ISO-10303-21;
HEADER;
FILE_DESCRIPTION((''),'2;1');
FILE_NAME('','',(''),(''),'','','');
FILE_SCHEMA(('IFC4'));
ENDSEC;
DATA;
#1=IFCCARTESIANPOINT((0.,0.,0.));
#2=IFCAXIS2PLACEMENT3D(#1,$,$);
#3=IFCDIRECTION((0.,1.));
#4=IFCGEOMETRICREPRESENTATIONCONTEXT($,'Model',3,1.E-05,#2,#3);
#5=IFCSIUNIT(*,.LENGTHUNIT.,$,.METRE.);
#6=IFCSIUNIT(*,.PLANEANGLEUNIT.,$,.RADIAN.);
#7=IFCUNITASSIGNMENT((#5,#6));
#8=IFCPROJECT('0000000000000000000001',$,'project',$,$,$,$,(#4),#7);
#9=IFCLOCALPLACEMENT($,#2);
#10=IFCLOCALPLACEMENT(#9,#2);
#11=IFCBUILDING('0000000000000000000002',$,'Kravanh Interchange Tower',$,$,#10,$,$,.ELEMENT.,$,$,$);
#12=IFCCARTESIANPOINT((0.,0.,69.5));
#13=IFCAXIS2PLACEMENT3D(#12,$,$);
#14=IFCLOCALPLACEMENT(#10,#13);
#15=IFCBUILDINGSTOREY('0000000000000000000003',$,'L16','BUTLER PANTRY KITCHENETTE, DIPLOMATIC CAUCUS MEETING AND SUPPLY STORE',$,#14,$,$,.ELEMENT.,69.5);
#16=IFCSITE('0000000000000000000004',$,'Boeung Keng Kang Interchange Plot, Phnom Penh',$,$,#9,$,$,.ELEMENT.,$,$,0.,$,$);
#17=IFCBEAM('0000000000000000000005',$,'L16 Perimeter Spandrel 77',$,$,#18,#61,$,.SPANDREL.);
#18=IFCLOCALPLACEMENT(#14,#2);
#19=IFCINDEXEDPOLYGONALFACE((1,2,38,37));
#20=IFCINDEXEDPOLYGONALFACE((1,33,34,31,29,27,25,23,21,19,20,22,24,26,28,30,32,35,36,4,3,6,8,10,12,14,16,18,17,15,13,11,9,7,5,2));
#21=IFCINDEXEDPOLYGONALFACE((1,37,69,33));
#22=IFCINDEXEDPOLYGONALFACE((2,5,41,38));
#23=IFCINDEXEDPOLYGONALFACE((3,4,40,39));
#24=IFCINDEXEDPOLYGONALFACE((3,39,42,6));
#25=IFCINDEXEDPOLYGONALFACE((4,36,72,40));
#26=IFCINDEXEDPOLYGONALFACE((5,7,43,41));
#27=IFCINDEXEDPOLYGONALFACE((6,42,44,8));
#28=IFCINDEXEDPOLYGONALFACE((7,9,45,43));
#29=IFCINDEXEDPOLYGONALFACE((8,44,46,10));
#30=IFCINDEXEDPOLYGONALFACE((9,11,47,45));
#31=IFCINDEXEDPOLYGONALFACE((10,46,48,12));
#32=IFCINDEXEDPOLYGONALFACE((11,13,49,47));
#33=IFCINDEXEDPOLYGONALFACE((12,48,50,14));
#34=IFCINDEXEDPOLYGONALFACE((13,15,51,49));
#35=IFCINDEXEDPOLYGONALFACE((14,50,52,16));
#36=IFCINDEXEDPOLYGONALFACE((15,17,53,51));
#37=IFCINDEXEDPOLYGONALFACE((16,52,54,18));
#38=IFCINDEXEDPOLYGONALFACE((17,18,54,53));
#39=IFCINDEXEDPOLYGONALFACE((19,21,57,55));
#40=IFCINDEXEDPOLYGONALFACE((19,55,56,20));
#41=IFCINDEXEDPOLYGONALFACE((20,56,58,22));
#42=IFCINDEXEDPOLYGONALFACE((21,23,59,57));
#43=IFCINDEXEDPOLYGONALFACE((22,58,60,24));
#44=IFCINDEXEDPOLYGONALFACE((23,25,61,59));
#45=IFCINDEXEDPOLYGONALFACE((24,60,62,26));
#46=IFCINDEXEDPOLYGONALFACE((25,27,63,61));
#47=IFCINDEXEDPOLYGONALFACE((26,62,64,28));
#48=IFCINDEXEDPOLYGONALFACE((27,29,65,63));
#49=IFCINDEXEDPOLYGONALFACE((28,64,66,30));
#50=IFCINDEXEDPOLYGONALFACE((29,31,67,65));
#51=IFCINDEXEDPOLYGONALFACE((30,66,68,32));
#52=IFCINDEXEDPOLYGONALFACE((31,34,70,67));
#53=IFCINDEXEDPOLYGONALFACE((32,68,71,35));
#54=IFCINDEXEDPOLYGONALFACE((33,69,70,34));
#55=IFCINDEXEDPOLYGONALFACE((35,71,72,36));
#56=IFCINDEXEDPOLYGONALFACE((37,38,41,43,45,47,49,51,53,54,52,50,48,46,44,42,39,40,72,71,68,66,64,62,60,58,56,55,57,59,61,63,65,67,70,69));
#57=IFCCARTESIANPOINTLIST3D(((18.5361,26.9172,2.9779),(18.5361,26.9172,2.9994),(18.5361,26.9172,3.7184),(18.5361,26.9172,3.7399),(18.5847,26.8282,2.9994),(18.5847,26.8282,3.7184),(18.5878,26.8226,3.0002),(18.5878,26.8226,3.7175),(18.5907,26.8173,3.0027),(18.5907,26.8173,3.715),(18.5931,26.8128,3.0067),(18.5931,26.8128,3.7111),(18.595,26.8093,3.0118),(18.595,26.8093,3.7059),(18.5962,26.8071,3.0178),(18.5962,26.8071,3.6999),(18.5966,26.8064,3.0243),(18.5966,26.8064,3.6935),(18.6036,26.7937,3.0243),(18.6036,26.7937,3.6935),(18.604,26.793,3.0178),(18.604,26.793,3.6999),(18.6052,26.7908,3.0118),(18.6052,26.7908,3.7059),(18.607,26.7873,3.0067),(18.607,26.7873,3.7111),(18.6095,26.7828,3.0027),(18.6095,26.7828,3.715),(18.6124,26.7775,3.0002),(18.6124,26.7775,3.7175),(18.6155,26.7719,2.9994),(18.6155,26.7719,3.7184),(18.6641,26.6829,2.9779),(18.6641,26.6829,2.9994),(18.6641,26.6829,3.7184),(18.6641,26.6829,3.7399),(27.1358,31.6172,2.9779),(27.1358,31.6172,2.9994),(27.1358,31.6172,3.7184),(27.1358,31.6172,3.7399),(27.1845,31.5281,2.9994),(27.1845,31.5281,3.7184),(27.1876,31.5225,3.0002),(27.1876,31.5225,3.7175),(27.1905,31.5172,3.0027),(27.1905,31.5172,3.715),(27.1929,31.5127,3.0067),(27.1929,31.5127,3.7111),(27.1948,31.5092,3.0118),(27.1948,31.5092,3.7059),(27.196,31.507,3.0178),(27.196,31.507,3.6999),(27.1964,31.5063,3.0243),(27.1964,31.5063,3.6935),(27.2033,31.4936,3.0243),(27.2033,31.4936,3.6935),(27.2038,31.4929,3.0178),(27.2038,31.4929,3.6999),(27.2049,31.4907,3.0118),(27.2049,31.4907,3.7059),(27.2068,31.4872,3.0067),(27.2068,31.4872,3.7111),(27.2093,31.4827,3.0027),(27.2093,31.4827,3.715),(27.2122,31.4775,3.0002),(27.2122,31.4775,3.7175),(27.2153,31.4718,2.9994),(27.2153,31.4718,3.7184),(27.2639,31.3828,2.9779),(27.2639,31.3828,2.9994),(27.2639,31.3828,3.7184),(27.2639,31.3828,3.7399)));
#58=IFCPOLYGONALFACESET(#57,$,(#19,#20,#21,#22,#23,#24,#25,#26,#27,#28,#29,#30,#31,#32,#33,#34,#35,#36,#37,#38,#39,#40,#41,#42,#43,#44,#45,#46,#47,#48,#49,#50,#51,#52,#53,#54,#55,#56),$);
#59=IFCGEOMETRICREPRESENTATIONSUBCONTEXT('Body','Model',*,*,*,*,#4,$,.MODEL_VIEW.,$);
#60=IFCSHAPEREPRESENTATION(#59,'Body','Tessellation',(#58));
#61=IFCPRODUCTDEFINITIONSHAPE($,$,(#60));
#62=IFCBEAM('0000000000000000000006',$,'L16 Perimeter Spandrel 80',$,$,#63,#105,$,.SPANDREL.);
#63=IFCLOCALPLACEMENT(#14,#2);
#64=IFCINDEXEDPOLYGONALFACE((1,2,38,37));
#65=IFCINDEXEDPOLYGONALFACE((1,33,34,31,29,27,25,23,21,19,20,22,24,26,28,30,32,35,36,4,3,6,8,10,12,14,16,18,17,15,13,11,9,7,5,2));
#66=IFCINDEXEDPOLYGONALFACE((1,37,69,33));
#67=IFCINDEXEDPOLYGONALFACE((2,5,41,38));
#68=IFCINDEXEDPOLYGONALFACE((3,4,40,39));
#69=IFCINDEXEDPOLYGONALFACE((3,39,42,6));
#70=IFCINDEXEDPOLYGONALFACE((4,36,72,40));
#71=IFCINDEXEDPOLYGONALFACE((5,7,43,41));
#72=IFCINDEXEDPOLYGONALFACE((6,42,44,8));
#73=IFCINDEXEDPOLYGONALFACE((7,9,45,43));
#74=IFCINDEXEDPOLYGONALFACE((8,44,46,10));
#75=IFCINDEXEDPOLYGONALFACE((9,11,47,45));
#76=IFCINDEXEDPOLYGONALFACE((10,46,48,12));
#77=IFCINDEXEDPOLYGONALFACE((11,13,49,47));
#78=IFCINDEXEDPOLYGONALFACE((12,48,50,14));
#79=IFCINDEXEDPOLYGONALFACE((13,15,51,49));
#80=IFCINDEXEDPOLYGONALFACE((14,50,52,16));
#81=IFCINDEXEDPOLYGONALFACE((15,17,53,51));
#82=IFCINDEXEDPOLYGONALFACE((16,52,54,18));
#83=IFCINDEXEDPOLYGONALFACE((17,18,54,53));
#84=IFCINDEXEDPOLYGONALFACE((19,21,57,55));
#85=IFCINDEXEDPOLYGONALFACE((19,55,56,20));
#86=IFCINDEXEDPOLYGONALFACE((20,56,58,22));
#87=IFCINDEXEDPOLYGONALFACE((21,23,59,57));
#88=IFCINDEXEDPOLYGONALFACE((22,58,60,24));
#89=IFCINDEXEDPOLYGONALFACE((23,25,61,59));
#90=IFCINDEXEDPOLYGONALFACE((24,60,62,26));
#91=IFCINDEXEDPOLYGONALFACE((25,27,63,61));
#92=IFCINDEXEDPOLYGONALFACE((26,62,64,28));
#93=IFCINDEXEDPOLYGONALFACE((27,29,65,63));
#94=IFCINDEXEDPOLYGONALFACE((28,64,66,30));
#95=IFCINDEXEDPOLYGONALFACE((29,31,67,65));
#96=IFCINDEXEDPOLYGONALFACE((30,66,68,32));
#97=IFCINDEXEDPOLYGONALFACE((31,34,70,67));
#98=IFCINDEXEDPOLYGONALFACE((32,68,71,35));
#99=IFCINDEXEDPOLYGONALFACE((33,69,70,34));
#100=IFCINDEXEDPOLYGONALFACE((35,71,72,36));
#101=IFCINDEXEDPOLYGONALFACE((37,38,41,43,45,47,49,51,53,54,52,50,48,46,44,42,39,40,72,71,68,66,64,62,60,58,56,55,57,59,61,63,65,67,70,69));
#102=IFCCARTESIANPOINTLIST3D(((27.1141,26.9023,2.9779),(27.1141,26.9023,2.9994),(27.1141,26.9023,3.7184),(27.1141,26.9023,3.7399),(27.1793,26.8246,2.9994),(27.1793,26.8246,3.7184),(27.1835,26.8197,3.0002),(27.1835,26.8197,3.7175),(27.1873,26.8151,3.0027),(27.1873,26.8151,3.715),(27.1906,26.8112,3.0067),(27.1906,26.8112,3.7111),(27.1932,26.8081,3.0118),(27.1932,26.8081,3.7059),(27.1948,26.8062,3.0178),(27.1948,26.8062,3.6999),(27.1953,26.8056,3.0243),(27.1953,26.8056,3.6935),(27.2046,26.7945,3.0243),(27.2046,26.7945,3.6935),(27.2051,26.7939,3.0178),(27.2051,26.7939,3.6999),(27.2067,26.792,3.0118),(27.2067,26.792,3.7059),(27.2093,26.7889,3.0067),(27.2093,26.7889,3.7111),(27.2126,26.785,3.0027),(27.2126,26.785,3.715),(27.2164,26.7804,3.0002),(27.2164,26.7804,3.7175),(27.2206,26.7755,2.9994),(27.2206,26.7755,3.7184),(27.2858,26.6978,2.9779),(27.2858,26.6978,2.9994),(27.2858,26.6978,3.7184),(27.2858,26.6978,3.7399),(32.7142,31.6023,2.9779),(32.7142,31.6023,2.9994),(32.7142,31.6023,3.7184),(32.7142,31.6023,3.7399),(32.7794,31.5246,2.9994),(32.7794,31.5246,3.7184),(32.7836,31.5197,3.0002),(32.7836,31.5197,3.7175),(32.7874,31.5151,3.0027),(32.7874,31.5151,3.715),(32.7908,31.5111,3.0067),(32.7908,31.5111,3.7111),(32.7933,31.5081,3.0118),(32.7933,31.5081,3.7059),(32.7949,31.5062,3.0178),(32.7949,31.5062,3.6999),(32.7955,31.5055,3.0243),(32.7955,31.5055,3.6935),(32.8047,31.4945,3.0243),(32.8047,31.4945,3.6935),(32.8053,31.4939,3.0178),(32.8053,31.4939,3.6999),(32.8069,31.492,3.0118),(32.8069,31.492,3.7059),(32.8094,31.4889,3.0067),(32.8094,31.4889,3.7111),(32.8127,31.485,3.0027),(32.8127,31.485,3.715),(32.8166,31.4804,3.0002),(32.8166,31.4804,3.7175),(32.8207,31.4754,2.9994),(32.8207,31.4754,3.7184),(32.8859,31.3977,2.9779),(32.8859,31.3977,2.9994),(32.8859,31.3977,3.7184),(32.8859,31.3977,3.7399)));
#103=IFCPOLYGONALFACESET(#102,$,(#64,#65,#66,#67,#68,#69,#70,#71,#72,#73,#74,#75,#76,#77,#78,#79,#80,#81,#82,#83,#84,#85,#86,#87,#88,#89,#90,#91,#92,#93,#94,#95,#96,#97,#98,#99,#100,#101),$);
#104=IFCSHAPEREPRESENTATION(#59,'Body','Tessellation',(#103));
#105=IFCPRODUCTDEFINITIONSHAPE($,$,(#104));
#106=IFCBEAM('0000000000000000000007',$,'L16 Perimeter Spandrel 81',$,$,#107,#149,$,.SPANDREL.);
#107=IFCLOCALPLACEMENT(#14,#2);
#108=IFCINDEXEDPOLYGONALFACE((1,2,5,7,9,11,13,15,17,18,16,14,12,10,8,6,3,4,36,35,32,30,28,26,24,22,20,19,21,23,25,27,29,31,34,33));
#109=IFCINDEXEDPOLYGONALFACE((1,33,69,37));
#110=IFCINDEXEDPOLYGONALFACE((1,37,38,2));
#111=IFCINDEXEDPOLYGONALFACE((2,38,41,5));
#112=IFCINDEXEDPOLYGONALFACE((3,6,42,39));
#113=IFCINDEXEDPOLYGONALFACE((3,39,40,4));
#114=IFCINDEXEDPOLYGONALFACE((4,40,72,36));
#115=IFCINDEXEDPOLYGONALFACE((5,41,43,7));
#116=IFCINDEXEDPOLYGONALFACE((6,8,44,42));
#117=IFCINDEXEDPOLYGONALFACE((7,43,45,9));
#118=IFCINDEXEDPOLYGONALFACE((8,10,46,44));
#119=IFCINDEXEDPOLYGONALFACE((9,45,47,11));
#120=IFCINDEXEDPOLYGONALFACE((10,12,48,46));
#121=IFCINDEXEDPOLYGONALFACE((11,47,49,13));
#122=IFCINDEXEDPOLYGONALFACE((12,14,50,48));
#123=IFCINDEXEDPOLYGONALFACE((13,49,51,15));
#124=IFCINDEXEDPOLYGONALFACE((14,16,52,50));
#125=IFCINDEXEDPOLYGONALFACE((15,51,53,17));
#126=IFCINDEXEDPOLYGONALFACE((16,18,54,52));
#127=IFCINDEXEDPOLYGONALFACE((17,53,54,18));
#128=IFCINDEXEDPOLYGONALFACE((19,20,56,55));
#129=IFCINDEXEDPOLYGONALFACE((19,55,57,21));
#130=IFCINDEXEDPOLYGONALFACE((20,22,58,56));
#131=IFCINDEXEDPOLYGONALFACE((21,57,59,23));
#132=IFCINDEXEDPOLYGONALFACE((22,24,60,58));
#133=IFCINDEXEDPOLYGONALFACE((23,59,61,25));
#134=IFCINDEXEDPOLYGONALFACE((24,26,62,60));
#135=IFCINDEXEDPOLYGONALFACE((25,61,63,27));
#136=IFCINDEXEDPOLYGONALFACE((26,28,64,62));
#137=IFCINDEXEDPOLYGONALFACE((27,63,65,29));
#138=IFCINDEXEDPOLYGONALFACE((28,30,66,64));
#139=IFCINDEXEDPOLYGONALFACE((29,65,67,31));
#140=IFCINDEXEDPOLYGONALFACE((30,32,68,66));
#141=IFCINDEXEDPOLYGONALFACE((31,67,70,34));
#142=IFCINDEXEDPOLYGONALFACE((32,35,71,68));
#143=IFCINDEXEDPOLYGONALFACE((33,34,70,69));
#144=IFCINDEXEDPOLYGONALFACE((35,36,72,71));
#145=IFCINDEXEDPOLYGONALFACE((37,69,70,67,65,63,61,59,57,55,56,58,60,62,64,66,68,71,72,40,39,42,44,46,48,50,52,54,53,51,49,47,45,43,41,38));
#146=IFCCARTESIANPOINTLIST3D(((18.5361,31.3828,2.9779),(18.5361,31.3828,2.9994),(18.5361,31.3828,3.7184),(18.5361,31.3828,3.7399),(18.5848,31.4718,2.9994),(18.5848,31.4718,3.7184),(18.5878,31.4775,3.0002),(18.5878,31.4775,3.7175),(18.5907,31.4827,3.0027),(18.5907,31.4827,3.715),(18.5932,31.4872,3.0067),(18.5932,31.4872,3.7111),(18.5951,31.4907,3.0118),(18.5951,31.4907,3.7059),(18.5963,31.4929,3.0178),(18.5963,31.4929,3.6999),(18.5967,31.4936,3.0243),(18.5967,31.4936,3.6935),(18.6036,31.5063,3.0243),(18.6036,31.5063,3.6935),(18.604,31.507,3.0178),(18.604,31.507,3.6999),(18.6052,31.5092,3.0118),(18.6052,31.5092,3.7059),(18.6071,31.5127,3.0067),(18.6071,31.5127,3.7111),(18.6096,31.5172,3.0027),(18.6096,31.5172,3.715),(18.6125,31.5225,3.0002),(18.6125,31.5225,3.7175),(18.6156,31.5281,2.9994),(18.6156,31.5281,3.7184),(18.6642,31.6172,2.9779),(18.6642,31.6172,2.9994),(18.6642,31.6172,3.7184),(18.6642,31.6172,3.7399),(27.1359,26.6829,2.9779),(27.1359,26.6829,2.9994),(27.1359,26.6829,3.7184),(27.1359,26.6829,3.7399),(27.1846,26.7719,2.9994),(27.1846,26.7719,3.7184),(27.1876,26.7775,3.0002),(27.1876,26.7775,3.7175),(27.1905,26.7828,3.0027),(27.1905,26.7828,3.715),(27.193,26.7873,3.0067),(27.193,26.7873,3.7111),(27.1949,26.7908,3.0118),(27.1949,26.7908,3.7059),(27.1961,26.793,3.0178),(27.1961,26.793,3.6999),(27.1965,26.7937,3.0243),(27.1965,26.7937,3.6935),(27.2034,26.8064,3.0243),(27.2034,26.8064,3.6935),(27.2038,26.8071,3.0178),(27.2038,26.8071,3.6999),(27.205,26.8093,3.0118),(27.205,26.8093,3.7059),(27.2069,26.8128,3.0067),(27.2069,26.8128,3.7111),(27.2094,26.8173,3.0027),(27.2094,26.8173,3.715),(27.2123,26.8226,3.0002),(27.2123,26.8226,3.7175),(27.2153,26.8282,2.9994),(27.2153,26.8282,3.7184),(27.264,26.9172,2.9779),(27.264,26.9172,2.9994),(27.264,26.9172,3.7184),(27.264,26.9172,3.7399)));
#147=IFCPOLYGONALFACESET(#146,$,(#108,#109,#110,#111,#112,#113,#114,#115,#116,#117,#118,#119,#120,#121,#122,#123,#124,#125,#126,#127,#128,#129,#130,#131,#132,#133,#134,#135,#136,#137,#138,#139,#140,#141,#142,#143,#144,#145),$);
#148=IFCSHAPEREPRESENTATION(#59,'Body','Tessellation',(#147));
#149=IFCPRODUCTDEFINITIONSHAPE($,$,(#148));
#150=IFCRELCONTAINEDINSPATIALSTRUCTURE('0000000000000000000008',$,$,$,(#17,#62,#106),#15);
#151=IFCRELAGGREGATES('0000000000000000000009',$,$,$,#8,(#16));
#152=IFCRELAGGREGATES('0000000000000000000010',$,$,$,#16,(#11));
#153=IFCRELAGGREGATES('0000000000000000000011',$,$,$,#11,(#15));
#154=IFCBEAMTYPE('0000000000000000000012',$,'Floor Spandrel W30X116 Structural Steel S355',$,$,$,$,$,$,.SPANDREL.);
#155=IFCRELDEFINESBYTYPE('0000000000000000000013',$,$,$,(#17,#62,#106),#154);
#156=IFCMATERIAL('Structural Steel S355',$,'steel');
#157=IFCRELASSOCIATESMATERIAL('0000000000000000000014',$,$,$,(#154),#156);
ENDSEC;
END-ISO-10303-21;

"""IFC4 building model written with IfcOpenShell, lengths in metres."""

from ifc_helpers import new_model, si_unit, direction, frame, origin, origin_2d, place, context, subcontext, project, spatial, i_section, extrude, material, material_profile, profile_set, type_object, element, save


model = new_model("IFC4")

# Units and contexts
model_context = context("Model", 3, precision=1e-05, world=origin(), true_north=direction((0.0, 1.0)))
body_context = subcontext(model_context, "Body", "Model", "MODEL_VIEW")
ifc_project = project(units=[si_unit("LENGTHUNIT", "METRE"), si_unit("PLANEANGLEUNIT", "RADIAN")], contexts=[model_context])

# Site, building, storey
site_placement = place(None, origin())
site = spatial("IfcSite", under=ifc_project, at=site_placement, Name="Boeung Keng Kang Interchange Plot, Phnom Penh", CompositionType="ELEMENT", RefElevation=0.0)
building_placement = place(site_placement, origin())
building = spatial("IfcBuilding", under=site, at=building_placement, Name="Kravanh Interchange Tower", CompositionType="ELEMENT")
storey_placement = place(building_placement, frame((0.0, 0.0, 69.5)))
storey = spatial("IfcBuildingStorey", under=building, at=storey_placement, Name="L16", Description="BUTLER PANTRY KITCHENETTE, DIPLOMATIC CAUCUS MEETING AND SUPPLY STORE", CompositionType="ELEMENT", Elevation=69.5)

# Beams
ifc_material_1 = material(Name="Structural Steel S355", Category="steel")
ifc_material_profile_1 = material_profile(ifc_material_1, i_section(OverallWidth=0.2671, OverallDepth=0.762, WebThickness=0.0144, FlangeThickness=0.0215, FilletRadius=0.0249, at=origin_2d()), Name="W30X116")
ifc_profile_set_1 = profile_set([ifc_material_profile_1], Name="Structural Steel S355")
beam_type_1 = type_object("IfcBeamType", Name="Floor Spandrel W30X116 Structural Steel S355", PredefinedType="SPANDREL", material=ifc_profile_set_1)
beam_1_placement = place(storey_placement, frame((18.6001, 26.8, 3.3589), z_axis=(0.877504, 0.479569, 0.0), x_axis=(-0.479569, 0.877504, 0.0)))
element("IfcBeam", 1, at=beam_1_placement, inside=storey, type_object=beam_type_1, Name="L16 Perimeter Spandrel 77", PredefinedType="SPANDREL", context=body_context, shape_type="SweptSolid", body=[
    extrude(i_section(OverallWidth=0.2671, OverallDepth=0.762, WebThickness=0.0144, FlangeThickness=0.0215, FilletRadius=0.0249, at=origin_2d()), origin(), (0.0, 0.0, 1.0), 9.8003),
])
beam_2_placement = place(storey_placement, frame((27.2, 26.8, 3.3589), z_axis=(0.765983, 0.642861, 0.0), x_axis=(-0.642861, 0.765983, 0.0)))
element("IfcBeam", 2, at=beam_2_placement, inside=storey, type_object=beam_type_1, Name="L16 Perimeter Spandrel 80", PredefinedType="SPANDREL", context=body_context, shape_type="SweptSolid", body=[
    extrude(i_section(OverallWidth=0.2671, OverallDepth=0.762, WebThickness=0.0144, FlangeThickness=0.0215, FilletRadius=0.0249, at=origin_2d()), origin(), (0.0, 0.0, 1.0), 7.311),
])
beam_3_placement = place(storey_placement, frame((27.2, 26.8, 3.3589), z_axis=(-0.877504, 0.479569, 0.0), x_axis=(-0.479569, -0.877504, 0.0)))
element("IfcBeam", 3, at=beam_3_placement, inside=storey, type_object=beam_type_1, Name="L16 Perimeter Spandrel 81", PredefinedType="SPANDREL", context=body_context, shape_type="SweptSolid", body=[
    extrude(i_section(OverallWidth=0.2671, OverallDepth=0.762, WebThickness=0.0144, FlangeThickness=0.0215, FilletRadius=0.0249, at=origin_2d()), origin(), (0.0, 0.0, 1.0), 9.8003),
])

save(model, "model.ifc")
